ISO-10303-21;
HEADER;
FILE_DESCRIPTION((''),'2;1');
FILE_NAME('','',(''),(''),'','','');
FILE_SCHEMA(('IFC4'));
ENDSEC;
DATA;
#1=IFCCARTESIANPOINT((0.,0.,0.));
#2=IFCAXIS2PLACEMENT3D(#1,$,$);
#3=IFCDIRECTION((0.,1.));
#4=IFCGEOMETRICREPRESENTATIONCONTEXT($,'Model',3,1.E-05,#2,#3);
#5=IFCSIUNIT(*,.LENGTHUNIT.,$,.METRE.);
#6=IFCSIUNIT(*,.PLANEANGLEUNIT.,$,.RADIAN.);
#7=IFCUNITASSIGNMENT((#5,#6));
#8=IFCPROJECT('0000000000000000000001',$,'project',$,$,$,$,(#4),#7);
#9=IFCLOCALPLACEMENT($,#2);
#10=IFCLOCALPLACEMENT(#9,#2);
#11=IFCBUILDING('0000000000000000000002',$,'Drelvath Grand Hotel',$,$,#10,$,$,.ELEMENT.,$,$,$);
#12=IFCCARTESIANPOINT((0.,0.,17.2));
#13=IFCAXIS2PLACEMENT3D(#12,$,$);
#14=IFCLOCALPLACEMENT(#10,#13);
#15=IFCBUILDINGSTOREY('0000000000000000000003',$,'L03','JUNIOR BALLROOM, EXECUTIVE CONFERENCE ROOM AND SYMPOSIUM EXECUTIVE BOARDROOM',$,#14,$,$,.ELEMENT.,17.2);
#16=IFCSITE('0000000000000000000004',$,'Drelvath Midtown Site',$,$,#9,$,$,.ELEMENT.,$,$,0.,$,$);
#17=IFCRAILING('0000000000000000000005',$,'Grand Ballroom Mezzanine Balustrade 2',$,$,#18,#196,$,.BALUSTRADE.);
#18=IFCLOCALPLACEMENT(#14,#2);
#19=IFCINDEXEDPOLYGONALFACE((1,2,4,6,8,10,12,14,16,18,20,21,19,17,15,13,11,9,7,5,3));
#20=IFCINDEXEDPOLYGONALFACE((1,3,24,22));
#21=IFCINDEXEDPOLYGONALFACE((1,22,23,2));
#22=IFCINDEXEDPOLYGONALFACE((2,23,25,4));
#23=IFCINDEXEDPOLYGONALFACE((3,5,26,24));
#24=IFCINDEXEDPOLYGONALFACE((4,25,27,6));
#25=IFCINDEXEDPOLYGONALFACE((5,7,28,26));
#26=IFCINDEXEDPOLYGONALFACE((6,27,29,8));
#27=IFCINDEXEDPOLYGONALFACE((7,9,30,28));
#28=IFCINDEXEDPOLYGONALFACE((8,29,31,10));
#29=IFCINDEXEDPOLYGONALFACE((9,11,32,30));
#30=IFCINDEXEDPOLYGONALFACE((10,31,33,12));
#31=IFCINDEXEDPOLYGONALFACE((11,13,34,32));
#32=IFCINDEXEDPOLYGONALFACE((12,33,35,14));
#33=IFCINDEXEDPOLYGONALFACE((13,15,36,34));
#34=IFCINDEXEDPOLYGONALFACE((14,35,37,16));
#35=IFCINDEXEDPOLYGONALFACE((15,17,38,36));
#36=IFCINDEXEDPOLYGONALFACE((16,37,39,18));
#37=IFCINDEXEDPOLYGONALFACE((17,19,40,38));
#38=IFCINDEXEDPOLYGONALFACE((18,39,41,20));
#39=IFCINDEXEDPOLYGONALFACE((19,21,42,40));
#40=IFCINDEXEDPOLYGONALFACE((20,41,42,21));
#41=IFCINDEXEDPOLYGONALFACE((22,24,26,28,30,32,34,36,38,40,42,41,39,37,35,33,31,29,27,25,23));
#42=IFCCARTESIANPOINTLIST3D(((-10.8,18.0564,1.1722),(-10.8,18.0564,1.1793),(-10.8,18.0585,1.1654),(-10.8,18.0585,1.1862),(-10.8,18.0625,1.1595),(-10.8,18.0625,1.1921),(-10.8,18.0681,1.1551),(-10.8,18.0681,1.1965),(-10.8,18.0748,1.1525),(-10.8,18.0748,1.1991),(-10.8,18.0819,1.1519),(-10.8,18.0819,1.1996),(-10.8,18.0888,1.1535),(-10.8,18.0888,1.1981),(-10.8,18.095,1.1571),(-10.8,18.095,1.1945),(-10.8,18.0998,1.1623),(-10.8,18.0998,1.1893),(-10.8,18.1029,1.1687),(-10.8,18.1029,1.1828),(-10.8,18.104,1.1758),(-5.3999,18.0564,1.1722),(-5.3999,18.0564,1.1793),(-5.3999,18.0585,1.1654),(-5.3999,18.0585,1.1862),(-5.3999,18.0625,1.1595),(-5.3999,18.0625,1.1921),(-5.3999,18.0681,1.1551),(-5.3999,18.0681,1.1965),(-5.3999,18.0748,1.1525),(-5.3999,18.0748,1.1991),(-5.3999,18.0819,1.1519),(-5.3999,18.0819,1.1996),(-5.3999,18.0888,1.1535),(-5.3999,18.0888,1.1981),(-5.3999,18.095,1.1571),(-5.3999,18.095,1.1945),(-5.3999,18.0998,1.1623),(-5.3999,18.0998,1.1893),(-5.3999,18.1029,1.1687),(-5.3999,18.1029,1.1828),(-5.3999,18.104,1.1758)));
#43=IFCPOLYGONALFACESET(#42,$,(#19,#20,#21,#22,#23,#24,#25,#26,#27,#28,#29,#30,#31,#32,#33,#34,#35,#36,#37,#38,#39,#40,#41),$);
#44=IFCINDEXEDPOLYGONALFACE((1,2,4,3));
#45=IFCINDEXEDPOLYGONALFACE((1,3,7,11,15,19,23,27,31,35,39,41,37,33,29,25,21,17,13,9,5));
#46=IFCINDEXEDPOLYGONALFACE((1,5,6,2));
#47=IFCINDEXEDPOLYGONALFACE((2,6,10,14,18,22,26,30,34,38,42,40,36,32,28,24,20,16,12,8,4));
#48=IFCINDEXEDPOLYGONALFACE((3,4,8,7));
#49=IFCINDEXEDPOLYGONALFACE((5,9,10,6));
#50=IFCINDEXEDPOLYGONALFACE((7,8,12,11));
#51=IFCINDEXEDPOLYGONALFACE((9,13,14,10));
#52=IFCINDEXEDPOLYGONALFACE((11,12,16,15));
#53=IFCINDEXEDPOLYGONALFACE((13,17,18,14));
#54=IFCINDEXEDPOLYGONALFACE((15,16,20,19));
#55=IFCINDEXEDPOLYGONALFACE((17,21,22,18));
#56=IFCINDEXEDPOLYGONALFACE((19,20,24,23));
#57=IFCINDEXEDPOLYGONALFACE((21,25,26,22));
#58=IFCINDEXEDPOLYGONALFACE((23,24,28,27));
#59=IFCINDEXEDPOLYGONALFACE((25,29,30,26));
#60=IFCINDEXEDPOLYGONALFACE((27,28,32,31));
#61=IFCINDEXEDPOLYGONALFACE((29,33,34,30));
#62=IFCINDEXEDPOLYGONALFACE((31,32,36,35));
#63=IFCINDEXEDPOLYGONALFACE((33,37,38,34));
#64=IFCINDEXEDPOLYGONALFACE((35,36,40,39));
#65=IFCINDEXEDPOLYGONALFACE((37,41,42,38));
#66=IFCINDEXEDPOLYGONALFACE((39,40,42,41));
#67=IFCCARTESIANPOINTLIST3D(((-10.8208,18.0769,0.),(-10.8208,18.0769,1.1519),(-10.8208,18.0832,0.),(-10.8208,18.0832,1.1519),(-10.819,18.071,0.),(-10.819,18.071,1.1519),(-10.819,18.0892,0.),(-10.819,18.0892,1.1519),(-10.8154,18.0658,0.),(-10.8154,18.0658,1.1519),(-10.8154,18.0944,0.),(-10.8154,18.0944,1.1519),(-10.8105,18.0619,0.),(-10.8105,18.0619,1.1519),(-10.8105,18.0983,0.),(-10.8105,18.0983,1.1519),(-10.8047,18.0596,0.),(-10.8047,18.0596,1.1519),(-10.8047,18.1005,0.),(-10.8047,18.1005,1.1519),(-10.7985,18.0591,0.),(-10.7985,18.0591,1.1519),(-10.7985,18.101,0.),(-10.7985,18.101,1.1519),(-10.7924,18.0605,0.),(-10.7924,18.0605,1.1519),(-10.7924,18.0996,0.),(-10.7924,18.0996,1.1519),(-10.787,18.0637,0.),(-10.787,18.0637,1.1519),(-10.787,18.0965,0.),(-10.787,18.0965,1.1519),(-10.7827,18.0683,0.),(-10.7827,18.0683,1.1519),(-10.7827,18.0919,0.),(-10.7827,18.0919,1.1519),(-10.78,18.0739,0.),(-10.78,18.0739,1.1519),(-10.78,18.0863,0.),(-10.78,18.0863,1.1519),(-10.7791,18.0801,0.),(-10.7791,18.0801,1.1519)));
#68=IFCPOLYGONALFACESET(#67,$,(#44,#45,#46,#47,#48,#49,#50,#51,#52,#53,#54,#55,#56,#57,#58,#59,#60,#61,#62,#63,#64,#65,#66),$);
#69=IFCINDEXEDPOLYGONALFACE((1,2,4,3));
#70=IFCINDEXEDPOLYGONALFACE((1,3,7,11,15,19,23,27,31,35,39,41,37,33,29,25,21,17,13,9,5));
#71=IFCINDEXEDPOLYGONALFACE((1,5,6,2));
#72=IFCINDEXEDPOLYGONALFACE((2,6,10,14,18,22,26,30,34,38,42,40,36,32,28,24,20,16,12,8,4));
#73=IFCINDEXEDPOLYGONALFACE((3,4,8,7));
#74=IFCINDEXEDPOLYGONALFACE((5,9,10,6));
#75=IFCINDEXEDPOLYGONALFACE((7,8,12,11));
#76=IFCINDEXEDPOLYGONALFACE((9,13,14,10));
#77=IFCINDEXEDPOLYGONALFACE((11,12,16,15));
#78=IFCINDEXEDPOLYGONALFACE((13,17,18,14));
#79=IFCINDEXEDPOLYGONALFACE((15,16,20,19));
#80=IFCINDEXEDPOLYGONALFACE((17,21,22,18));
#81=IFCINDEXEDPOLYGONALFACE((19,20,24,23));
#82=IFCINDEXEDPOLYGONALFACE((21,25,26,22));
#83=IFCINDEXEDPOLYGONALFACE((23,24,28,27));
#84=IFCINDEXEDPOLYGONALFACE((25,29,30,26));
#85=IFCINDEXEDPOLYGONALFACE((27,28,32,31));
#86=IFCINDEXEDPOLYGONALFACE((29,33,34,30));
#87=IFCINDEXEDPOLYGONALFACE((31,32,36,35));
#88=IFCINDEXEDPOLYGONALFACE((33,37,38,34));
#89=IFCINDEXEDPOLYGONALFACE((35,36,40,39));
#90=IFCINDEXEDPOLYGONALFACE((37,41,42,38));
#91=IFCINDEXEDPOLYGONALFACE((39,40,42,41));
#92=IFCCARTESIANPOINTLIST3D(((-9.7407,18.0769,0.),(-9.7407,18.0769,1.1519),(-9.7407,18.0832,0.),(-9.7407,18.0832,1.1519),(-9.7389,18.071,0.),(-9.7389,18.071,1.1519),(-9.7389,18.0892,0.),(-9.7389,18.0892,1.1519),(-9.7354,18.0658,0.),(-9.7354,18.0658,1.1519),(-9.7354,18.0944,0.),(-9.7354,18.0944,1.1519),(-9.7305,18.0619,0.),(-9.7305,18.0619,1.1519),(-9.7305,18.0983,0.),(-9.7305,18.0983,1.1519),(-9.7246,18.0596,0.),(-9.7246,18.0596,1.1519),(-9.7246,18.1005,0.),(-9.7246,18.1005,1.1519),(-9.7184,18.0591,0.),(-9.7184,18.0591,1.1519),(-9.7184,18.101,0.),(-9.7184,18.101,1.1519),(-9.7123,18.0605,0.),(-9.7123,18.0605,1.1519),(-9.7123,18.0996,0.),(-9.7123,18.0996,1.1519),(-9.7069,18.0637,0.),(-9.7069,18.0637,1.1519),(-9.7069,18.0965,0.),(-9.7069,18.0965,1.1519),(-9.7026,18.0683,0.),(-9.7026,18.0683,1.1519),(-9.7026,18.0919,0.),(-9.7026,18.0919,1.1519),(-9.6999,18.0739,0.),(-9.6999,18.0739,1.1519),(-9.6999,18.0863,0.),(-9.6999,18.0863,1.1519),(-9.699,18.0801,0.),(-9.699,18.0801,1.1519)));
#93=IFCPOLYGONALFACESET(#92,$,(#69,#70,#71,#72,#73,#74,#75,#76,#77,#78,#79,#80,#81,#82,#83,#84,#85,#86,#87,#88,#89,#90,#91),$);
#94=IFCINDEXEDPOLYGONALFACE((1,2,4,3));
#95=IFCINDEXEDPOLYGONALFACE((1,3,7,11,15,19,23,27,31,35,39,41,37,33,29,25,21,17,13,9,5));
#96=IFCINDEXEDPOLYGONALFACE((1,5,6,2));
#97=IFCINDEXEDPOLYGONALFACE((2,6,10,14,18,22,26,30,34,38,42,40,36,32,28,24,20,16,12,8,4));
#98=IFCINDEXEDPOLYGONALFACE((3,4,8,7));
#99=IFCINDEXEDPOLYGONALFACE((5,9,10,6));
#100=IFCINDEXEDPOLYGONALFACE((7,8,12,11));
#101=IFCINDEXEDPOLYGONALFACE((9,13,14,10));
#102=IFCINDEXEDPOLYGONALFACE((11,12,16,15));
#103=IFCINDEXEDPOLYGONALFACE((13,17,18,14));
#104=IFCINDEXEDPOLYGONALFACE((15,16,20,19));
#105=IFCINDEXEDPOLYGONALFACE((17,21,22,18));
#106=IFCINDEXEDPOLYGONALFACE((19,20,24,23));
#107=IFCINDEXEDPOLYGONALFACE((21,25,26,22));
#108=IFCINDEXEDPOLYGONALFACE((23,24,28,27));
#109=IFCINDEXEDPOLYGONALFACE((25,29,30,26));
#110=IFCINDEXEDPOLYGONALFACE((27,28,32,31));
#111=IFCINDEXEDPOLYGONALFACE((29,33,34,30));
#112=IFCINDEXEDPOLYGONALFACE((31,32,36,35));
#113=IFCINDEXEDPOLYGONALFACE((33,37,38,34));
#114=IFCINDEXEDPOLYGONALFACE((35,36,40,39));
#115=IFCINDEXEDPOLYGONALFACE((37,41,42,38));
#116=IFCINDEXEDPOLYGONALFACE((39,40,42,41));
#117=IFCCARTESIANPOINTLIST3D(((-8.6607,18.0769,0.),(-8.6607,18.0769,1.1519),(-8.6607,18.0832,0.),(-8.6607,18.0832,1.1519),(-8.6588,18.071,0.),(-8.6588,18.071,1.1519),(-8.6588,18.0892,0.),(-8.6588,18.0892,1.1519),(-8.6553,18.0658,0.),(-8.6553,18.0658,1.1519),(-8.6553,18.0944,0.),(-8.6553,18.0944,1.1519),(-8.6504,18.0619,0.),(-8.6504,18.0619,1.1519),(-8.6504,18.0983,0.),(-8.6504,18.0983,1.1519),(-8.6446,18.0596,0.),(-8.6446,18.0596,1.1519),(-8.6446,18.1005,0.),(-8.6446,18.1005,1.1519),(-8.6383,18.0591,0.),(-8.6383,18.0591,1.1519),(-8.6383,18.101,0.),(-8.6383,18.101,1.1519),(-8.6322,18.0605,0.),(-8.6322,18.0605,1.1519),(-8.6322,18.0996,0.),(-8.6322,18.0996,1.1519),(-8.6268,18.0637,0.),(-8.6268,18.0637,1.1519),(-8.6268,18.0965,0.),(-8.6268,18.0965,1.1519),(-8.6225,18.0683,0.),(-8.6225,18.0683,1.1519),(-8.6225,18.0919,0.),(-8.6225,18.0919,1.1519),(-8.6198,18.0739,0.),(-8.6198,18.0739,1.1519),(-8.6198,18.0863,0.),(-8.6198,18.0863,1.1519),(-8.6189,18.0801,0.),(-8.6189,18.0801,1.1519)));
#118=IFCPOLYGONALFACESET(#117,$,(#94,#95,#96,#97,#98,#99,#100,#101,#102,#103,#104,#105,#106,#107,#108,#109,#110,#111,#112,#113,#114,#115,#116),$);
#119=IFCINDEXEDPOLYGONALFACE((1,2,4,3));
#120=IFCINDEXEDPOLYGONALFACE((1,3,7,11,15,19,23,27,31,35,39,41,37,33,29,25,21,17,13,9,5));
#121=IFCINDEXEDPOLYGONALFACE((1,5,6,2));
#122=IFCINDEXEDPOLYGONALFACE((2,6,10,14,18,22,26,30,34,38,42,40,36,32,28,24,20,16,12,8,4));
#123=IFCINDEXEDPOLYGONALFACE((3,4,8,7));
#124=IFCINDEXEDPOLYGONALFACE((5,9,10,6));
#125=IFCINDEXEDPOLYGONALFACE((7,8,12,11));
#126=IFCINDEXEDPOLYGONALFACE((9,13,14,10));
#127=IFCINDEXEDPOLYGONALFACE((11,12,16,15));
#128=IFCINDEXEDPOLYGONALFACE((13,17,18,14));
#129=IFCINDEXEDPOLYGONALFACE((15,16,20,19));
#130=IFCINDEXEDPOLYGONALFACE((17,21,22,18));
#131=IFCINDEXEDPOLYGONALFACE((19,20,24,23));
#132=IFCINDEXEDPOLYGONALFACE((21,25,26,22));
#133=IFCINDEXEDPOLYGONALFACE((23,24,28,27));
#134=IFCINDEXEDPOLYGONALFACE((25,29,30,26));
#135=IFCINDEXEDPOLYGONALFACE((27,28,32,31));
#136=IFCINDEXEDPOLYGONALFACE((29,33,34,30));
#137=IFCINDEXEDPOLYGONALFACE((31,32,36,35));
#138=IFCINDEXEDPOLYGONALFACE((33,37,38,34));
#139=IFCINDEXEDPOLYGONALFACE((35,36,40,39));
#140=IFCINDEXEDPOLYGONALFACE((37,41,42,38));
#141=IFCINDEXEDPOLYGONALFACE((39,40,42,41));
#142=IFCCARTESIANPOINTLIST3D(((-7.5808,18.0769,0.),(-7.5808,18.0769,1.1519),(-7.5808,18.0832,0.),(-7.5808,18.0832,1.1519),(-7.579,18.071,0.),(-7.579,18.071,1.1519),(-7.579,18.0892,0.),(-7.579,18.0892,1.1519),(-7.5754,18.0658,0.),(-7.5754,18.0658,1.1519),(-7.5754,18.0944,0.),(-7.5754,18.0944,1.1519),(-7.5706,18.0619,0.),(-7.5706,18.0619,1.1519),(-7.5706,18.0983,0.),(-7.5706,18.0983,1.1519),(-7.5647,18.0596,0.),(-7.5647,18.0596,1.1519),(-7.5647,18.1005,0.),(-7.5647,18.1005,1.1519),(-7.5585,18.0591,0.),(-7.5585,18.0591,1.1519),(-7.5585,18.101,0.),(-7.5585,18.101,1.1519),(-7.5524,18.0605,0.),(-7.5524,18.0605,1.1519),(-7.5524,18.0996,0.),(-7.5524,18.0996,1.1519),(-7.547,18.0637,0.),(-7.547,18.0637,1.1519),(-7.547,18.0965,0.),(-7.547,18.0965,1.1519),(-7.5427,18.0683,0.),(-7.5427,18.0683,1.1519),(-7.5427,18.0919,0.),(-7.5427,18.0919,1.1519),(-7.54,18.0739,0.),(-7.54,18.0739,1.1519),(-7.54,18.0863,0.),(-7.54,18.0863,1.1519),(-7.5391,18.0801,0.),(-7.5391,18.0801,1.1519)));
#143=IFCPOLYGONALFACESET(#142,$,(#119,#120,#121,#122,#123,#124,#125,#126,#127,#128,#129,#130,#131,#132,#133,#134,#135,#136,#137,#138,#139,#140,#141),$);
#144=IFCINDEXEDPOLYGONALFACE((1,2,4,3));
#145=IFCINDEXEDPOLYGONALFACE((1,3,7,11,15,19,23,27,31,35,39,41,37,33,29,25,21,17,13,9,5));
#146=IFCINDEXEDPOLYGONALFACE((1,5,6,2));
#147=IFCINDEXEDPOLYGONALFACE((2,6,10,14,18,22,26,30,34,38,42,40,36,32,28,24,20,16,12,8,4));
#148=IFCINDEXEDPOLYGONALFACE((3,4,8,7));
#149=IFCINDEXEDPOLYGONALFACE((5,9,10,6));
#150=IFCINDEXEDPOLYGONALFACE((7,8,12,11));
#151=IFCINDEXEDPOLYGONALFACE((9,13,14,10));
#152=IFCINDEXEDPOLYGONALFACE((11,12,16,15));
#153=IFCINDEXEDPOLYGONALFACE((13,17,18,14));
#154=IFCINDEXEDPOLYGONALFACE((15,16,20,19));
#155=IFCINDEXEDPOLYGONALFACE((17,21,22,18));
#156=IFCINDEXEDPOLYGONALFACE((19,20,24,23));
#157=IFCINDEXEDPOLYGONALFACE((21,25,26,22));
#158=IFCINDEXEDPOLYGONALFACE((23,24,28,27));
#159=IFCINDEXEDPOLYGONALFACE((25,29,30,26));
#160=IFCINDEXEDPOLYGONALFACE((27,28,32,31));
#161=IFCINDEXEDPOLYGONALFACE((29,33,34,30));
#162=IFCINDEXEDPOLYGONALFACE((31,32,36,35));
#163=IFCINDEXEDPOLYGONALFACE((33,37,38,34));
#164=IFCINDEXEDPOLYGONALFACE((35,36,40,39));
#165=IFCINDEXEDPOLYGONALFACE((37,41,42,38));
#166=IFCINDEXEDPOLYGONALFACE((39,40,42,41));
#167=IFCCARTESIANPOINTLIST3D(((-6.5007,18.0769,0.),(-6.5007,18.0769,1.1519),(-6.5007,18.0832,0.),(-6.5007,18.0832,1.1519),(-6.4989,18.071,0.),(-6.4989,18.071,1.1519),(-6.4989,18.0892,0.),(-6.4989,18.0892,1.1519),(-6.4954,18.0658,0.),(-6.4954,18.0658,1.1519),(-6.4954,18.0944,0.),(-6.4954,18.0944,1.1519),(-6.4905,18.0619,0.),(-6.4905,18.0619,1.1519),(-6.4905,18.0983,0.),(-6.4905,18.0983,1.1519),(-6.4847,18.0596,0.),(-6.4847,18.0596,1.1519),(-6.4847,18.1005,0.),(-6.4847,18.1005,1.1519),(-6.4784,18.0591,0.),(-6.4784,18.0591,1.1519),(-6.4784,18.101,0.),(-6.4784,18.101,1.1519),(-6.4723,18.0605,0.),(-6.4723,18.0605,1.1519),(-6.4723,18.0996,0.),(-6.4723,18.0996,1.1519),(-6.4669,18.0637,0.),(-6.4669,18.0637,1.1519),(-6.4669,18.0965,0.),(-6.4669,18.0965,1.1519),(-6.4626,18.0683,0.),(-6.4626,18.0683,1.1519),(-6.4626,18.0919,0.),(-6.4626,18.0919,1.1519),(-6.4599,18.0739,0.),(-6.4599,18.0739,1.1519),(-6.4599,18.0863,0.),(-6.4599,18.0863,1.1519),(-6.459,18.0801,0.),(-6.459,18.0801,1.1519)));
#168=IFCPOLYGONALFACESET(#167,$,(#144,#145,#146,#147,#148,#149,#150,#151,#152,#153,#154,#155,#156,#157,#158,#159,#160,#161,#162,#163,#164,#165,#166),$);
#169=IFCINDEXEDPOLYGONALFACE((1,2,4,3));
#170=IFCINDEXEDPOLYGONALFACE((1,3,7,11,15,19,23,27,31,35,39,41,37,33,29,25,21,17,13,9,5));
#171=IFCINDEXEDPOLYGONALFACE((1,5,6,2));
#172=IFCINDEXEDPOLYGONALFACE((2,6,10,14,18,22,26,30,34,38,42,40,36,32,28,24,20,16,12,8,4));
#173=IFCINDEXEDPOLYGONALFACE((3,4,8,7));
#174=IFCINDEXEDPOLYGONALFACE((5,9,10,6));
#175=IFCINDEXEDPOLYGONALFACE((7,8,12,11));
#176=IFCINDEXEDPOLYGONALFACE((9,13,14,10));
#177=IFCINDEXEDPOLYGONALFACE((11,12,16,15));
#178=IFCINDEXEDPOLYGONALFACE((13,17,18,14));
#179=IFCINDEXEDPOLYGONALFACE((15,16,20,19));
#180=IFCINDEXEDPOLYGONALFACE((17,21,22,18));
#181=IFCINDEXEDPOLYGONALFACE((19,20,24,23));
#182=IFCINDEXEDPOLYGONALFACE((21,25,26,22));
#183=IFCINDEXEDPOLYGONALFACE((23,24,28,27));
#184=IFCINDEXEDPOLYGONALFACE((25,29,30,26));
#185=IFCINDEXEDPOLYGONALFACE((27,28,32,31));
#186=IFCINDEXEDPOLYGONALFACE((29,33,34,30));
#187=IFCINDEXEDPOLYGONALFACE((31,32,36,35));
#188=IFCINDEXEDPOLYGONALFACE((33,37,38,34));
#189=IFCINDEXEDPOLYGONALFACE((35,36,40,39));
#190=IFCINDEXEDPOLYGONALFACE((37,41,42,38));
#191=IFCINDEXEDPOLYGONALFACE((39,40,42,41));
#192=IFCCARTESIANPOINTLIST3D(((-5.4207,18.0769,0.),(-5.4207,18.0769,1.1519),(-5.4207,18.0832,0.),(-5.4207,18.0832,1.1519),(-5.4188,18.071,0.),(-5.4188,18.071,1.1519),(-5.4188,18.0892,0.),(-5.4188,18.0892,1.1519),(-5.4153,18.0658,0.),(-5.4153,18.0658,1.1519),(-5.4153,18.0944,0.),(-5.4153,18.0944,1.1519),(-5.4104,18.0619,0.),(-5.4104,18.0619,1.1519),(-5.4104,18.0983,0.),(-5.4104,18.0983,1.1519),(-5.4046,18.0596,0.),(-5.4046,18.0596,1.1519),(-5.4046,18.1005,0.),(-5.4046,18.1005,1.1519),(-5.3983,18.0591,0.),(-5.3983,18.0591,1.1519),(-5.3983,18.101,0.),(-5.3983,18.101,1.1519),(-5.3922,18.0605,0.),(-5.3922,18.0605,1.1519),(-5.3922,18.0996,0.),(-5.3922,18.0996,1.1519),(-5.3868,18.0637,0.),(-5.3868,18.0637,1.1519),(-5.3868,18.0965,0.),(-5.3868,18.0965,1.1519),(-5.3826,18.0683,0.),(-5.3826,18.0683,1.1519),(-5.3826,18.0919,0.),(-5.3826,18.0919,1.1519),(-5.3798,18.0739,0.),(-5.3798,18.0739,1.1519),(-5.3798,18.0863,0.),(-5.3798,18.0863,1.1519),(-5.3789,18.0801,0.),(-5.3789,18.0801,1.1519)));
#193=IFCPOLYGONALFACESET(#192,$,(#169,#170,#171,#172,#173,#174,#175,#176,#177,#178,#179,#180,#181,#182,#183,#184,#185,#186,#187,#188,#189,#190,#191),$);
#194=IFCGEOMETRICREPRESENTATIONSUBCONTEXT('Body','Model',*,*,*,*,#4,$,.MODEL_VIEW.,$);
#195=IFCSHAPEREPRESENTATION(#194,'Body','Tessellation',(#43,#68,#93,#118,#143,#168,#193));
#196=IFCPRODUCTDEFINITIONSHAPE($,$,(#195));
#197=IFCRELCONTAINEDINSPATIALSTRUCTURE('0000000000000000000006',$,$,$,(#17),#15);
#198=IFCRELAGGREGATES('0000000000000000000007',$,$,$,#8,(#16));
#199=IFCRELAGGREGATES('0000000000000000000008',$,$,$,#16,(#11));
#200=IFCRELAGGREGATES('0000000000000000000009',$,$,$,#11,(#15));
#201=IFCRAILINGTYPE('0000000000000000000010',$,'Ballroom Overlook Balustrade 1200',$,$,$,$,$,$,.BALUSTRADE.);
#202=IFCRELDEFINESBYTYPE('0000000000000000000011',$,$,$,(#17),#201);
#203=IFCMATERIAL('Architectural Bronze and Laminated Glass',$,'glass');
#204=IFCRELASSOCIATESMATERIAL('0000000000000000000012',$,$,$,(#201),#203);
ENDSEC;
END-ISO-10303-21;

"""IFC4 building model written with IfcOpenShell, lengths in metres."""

from ifc_helpers import new_model, si_unit, direction, frame, origin, origin_2d, place, context, subcontext, project, spatial, circle, extrude, material, type_object, element, save


model = new_model("IFC4")

# Units and contexts
model_context = context("Model", 3, precision=1e-05, world=origin(), true_north=direction((0.0, 1.0)))
body_context = subcontext(model_context, "Body", "Model", "MODEL_VIEW")
ifc_project = project(units=[si_unit("LENGTHUNIT", "METRE"), si_unit("PLANEANGLEUNIT", "RADIAN")], contexts=[model_context])

# Site, building, storey
site_placement = place(None, origin())
site = spatial("IfcSite", under=ifc_project, at=site_placement, Name="Drelvath Midtown Site", CompositionType="ELEMENT", RefElevation=0.0)
building_placement = place(site_placement, origin())
building = spatial("IfcBuilding", under=site, at=building_placement, Name="Drelvath Grand Hotel", CompositionType="ELEMENT")
storey_placement = place(building_placement, frame((0.0, 0.0, 17.2)))
storey = spatial("IfcBuildingStorey", under=building, at=storey_placement, Name="L03", Description="JUNIOR BALLROOM, EXECUTIVE CONFERENCE ROOM AND SYMPOSIUM EXECUTIVE BOARDROOM", CompositionType="ELEMENT", Elevation=17.2)

# Railing
ifc_material_1 = material(Name="Architectural Bronze and Laminated Glass", Category="glass")
railing_type = type_object("IfcRailingType", Name="Ballroom Overlook Balustrade 1200", PredefinedType="BALUSTRADE", material=ifc_material_1)
railing_1_placement = place(storey_placement, frame((-10.8, 18.0801, 0.0)))
element("IfcRailing", 1, at=railing_1_placement, inside=storey, type_object=railing_type, Name="Grand Ballroom Mezzanine Balustrade 2", PredefinedType="BALUSTRADE", context=body_context, shape_type="SweptSolid", body=[
    extrude(circle(Radius=0.0239, at=origin_2d()), frame((0.0, 0.0, 1.1758), z_axis=(1.0, 0.0, 0.0), x_axis=(0.0, 1.0, 0.0)), (0.0, 0.0, 1.0), 5.4001),
    extrude(circle(Radius=0.021, at=origin_2d()), origin(), (0.0, 0.0, 1.0), 1.1519),
    extrude(circle(Radius=0.021, at=origin_2d()), frame((1.0801, 0.0, 0.0)), (0.0, 0.0, 1.0), 1.1519),
    extrude(circle(Radius=0.021, at=origin_2d()), frame((2.1602, 0.0, 0.0)), (0.0, 0.0, 1.0), 1.1519),
    extrude(circle(Radius=0.021, at=origin_2d()), frame((3.24, 0.0, 0.0)), (0.0, 0.0, 1.0), 1.1519),
    extrude(circle(Radius=0.021, at=origin_2d()), frame((4.3201, 0.0, 0.0)), (0.0, 0.0, 1.0), 1.1519),
    extrude(circle(Radius=0.021, at=origin_2d()), frame((5.4001, 0.0, 0.0)), (0.0, 0.0, 1.0), 1.1519),
])

save(model, "model.ifc")
